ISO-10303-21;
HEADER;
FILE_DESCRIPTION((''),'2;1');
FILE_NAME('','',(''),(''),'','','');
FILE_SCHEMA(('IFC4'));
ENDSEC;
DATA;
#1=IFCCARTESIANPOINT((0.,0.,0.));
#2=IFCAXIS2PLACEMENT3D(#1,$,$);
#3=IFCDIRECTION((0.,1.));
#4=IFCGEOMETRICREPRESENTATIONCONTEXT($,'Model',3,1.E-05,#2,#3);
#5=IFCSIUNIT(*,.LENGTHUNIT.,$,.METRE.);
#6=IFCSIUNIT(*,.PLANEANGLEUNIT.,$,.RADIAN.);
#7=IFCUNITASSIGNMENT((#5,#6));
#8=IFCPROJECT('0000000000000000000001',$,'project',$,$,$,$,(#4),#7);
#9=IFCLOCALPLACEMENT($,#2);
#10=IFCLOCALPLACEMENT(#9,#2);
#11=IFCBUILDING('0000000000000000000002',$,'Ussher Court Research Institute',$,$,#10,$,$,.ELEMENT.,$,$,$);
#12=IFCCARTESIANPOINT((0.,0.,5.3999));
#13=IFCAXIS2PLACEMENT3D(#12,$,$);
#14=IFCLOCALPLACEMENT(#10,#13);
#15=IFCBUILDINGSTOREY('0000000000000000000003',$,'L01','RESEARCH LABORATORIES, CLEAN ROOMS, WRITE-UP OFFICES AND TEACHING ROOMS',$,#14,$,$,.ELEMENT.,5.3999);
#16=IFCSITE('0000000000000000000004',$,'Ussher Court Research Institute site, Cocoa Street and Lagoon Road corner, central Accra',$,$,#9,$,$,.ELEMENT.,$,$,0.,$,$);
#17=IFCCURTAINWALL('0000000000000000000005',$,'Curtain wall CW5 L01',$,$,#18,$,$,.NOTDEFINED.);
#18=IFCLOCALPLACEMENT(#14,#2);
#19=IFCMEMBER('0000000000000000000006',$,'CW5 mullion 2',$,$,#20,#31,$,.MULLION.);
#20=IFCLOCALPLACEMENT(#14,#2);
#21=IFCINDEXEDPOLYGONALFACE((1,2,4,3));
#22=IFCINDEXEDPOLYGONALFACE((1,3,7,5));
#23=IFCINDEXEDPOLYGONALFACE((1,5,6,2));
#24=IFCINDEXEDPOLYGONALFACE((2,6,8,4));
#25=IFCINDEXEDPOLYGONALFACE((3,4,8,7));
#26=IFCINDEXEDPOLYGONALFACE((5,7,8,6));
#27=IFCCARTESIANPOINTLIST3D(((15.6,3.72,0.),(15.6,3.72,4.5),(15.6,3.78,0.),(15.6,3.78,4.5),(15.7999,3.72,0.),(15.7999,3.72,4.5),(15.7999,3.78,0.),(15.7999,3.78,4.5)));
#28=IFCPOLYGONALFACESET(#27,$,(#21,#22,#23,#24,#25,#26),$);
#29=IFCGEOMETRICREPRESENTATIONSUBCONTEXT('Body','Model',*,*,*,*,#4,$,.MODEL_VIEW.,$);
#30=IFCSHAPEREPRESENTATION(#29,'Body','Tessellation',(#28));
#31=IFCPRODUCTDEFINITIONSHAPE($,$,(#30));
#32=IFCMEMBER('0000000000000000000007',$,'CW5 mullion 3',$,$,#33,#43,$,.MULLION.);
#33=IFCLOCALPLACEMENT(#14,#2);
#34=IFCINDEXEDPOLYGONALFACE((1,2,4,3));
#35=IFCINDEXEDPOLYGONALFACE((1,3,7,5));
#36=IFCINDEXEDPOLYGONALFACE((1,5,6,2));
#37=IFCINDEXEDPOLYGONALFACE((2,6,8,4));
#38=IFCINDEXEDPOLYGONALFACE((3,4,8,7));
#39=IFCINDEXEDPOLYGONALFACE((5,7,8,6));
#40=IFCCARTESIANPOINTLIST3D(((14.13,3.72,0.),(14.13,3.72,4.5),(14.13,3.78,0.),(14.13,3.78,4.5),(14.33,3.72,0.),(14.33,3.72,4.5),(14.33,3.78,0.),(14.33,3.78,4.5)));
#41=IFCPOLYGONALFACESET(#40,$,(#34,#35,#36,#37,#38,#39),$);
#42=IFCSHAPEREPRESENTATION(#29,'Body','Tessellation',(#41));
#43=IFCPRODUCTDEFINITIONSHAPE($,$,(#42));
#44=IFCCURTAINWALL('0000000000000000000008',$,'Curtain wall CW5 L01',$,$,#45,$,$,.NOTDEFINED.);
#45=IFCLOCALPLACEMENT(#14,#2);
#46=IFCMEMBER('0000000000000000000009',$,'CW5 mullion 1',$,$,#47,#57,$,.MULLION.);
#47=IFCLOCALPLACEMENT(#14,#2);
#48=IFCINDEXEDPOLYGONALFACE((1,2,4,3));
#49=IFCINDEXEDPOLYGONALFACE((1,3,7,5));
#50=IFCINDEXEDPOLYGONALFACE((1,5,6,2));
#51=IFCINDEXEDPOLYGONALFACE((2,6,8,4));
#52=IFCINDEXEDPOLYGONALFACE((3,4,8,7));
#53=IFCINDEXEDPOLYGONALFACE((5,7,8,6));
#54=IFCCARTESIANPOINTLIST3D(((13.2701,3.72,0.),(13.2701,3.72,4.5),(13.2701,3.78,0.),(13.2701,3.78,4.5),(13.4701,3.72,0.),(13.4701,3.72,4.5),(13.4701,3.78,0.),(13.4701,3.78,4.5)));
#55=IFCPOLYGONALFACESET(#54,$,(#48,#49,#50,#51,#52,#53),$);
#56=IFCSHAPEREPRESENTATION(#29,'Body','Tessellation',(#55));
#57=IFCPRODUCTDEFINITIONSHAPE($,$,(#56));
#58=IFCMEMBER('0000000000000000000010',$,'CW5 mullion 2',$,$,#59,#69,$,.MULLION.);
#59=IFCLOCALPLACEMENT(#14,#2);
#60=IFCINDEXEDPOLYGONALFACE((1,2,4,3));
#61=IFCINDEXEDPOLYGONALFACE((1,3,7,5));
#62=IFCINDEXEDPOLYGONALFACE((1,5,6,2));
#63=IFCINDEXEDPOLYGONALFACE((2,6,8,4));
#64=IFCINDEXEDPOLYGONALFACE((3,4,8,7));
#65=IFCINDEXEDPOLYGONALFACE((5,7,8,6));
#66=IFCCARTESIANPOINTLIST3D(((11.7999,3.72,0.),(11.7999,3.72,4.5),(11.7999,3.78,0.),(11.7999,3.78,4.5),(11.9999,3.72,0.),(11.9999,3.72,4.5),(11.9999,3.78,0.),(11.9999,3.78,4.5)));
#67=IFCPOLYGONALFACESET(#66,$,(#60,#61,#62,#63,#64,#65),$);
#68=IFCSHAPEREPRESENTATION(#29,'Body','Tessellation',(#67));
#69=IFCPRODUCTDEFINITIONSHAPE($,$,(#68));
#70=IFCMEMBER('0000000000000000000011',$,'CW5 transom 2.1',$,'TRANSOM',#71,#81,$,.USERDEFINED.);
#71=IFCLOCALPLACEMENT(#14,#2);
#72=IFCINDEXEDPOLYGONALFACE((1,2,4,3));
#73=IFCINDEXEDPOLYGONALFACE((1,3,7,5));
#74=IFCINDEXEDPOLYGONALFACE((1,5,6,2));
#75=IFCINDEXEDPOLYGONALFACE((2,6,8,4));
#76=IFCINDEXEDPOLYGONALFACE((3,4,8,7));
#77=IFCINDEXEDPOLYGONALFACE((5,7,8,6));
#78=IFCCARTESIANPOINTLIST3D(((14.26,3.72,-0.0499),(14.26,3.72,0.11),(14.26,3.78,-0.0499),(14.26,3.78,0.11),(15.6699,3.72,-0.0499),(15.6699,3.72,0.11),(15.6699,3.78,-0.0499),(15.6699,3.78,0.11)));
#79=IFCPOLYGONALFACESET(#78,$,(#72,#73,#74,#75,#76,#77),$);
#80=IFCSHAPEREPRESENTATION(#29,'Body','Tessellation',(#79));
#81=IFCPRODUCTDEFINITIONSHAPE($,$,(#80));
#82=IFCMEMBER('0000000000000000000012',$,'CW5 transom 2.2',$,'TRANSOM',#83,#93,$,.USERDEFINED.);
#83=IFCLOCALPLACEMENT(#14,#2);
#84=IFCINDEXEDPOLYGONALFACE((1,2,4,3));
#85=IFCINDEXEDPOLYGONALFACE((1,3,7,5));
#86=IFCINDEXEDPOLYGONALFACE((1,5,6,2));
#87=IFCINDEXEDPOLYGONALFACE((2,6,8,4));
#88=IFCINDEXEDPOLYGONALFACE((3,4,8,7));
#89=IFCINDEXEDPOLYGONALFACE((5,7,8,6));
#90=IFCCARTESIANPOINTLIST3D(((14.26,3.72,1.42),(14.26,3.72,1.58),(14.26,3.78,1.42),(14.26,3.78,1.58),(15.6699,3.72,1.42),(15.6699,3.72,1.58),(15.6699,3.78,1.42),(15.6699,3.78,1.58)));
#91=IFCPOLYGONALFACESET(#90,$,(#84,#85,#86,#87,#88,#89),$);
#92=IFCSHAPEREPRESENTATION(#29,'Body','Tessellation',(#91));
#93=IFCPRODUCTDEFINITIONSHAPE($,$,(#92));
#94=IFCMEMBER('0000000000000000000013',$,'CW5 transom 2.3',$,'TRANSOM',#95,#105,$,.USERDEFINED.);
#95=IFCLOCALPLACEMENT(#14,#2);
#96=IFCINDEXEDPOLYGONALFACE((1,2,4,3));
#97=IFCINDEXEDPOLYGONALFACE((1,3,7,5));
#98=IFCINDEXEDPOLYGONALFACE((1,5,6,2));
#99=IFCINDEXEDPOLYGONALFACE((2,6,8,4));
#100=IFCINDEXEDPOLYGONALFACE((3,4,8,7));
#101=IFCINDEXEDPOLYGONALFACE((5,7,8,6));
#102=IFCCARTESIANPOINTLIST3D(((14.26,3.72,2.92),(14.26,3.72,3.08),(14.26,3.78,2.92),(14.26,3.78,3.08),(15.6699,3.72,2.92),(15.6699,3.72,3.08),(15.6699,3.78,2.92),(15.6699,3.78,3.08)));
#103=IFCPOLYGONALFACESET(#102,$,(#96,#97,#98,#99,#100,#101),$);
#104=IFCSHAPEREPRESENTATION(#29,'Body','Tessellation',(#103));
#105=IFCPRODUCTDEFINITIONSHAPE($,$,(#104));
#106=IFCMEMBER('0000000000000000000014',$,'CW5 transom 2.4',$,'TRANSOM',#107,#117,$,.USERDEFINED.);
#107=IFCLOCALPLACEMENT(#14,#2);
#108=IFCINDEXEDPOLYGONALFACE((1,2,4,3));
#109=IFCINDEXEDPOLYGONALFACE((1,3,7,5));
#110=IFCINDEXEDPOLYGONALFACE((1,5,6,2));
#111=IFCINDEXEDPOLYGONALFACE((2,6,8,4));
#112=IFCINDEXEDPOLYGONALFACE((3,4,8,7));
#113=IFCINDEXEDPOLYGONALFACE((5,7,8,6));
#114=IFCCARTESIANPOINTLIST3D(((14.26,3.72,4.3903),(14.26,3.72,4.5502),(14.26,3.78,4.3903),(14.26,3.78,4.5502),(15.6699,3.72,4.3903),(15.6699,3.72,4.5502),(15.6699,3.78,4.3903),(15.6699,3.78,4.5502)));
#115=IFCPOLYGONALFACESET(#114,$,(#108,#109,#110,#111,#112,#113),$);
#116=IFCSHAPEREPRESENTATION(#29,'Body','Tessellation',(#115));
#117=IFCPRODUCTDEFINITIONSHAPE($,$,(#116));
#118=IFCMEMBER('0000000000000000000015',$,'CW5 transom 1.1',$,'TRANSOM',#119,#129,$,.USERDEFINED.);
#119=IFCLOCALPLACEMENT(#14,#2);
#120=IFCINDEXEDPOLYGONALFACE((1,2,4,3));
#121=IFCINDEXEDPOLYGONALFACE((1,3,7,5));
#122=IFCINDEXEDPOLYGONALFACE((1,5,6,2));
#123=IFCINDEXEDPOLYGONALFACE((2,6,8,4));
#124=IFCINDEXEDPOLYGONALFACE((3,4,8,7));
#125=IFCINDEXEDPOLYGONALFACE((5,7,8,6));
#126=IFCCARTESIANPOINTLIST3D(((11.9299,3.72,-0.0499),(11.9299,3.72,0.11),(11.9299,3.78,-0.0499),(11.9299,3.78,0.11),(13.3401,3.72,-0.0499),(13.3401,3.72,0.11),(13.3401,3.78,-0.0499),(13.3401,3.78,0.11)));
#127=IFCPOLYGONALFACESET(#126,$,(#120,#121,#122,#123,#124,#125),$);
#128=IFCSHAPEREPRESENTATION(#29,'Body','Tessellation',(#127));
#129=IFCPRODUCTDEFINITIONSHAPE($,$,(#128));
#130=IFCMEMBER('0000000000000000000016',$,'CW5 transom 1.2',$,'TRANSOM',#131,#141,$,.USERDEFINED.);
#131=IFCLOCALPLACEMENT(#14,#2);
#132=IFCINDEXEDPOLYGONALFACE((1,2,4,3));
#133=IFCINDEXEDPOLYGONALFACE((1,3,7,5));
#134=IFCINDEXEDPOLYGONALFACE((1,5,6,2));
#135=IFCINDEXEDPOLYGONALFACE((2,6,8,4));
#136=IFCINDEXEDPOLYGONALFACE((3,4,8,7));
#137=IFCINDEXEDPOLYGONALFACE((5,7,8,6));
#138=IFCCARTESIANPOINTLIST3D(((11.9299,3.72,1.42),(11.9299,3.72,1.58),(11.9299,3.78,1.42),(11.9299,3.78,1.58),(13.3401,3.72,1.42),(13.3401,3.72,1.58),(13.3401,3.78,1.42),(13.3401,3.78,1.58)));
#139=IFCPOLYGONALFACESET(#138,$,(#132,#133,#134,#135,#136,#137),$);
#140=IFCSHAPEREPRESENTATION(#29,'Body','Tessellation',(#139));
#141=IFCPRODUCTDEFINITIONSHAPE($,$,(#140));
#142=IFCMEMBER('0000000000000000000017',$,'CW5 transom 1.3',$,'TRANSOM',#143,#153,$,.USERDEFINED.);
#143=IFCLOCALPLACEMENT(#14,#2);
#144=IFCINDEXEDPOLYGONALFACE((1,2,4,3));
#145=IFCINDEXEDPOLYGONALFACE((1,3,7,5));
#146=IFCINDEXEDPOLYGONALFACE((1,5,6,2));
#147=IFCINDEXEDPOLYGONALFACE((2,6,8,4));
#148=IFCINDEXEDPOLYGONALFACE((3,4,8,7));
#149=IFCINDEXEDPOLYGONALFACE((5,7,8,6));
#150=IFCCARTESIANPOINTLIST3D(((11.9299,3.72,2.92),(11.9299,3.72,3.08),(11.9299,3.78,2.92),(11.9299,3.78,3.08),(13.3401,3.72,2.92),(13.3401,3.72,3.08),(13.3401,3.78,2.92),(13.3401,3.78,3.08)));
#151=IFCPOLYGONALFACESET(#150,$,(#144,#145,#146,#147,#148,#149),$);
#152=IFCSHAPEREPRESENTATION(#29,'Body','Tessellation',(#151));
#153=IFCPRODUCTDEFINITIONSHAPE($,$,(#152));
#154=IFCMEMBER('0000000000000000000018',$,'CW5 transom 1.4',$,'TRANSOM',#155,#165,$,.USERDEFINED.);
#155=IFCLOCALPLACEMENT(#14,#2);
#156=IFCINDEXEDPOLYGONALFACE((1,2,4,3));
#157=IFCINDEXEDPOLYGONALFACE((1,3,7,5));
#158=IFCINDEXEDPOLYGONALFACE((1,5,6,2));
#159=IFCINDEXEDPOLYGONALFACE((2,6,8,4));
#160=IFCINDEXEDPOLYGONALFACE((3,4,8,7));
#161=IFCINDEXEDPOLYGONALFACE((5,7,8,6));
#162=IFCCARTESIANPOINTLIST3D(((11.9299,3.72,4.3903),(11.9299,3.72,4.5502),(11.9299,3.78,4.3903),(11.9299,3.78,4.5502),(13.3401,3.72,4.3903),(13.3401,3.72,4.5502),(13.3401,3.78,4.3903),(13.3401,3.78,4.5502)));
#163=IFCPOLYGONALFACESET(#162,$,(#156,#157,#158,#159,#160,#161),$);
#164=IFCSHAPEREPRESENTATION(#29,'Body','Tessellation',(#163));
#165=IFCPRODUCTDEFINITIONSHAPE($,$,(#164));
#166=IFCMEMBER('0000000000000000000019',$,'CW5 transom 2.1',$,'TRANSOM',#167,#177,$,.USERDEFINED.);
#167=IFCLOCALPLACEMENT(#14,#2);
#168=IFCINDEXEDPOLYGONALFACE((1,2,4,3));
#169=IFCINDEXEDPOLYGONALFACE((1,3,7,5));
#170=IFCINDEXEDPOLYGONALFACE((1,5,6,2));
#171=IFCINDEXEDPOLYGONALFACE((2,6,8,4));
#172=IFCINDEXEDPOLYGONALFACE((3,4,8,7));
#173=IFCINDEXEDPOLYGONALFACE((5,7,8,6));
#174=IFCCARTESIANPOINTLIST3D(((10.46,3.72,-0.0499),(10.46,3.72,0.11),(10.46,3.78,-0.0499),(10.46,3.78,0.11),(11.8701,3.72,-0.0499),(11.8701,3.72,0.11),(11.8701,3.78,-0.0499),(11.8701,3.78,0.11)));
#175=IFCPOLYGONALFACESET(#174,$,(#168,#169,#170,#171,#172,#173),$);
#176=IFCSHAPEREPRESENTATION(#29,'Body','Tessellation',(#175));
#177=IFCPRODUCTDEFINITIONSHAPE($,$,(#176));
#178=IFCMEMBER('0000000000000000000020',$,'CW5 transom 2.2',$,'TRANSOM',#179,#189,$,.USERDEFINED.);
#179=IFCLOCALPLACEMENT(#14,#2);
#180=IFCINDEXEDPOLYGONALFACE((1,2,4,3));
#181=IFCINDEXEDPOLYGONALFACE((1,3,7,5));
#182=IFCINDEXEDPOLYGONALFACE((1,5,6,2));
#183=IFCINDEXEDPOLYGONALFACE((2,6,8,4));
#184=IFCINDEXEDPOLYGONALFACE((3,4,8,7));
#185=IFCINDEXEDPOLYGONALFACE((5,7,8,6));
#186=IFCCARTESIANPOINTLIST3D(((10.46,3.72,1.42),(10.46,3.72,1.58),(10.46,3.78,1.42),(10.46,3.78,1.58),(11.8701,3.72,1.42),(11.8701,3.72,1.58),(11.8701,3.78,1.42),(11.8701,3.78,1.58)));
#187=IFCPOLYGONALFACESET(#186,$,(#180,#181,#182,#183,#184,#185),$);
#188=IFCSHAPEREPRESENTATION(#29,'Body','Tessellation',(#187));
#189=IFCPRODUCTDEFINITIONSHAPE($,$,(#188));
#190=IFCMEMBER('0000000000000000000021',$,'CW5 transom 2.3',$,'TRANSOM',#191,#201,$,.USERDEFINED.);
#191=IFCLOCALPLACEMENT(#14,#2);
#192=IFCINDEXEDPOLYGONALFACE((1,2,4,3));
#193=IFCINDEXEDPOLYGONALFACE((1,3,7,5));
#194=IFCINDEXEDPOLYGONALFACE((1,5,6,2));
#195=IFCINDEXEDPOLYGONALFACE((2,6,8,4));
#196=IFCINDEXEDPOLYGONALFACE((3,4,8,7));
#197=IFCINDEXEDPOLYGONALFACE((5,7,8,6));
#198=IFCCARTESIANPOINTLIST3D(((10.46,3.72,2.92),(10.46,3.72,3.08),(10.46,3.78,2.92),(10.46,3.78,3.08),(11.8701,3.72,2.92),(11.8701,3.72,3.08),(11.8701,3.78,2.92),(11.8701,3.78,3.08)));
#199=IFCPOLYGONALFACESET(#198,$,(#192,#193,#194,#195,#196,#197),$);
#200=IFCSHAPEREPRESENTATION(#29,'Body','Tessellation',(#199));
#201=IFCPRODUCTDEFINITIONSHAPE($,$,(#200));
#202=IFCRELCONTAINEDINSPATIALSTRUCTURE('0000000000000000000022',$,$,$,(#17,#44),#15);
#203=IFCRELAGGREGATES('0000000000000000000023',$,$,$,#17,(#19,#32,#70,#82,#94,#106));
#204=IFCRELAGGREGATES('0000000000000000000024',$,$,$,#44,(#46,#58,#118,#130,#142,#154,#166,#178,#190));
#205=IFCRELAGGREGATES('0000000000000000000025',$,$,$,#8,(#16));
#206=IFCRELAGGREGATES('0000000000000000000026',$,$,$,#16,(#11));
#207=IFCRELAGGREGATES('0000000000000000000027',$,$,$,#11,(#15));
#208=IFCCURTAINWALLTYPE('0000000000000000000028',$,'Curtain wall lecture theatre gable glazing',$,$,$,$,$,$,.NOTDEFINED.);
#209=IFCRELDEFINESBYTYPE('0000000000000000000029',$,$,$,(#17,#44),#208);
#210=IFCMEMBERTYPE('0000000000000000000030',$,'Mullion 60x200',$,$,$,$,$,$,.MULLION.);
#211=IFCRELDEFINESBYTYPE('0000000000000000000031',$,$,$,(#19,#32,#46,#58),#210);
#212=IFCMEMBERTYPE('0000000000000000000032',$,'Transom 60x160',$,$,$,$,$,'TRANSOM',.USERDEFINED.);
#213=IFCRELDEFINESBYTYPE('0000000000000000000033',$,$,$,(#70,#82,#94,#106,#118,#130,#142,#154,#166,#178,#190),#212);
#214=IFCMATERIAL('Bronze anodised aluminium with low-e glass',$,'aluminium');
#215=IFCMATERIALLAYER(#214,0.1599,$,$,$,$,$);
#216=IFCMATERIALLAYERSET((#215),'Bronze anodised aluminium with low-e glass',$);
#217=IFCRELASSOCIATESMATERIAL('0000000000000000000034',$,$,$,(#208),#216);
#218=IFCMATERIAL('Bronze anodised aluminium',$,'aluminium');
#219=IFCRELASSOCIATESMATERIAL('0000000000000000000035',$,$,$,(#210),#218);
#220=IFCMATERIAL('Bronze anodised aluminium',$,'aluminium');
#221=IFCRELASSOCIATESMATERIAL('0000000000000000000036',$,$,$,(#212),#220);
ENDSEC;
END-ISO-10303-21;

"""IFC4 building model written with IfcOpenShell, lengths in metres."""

from ifc_helpers import new_model, si_unit, direction, frame, origin, origin_2d, place, context, subcontext, project, spatial, rectangle, extrude, material, layer, layer_set, material_profile, profile_set, type_object, element, aggregate, save


model = new_model("IFC4")

# Units and contexts
model_context = context("Model", 3, precision=1e-05, world=origin(), true_north=direction((0.0, 1.0)))
body_context = subcontext(model_context, "Body", "Model", "MODEL_VIEW")
ifc_project = project(units=[si_unit("LENGTHUNIT", "METRE"), si_unit("PLANEANGLEUNIT", "RADIAN")], contexts=[model_context])

# Site, building, storey
site_placement = place(None, origin())
site = spatial("IfcSite", under=ifc_project, at=site_placement, Name="Ussher Court Research Institute site, Cocoa Street and Lagoon Road corner, central Accra", CompositionType="ELEMENT", RefElevation=0.0)
building_placement = place(site_placement, origin())
building = spatial("IfcBuilding", under=site, at=building_placement, Name="Ussher Court Research Institute", CompositionType="ELEMENT")
storey_placement = place(building_placement, frame((0.0, 0.0, 5.3999)))
storey = spatial("IfcBuildingStorey", under=building, at=storey_placement, Name="L01", Description="RESEARCH LABORATORIES, CLEAN ROOMS, WRITE-UP OFFICES AND TEACHING ROOMS", CompositionType="ELEMENT", Elevation=5.3999)

# Curtain walls, members
ifc_material_1 = material(Name="Bronze anodised aluminium with low-e glass", Category="aluminium")
ifc_layer_1 = layer(ifc_material_1, 0.1599)
ifc_layer_set_1 = layer_set([ifc_layer_1], Name="Bronze anodised aluminium with low-e glass")
curtain_wall_type = type_object("IfcCurtainWallType", Name="Curtain wall lecture theatre gable glazing", PredefinedType="NOTDEFINED", material=ifc_layer_set_1)
curtain_wall_1_placement = place(storey_placement, origin())
curtain_wall_1 = element("IfcCurtainWall", 1, at=curtain_wall_1_placement, inside=storey, type_object=curtain_wall_type, Name="Curtain wall CW5 L01", PredefinedType="NOTDEFINED")
ifc_material_2 = material(Name="Bronze anodised aluminium", Category="aluminium")
ifc_material_profile_1 = material_profile(ifc_material_2, rectangle(XDim=0.0601, YDim=0.2, at=origin_2d()), Name="Mullion 60x200")
ifc_profile_set_1 = profile_set([ifc_material_profile_1], Name="Bronze anodised aluminium")
member_type_1 = type_object("IfcMemberType", Name="Mullion 60x200", PredefinedType="MULLION", material=ifc_profile_set_1)
member_1_placement = place(storey_placement, frame((15.7, 3.75, 0.0), z_axis=(0.0, 0.0, 1.0), x_axis=(0.0, -1.0, 0.0)))
member_1 = element("IfcMember", 2, at=member_1_placement, type_object=member_type_1, Name="CW5 mullion 2", PredefinedType="MULLION", context=body_context, shape_type="SweptSolid", body=[
    extrude(rectangle(XDim=0.0601, YDim=0.2, at=origin_2d()), origin(), (0.0, 0.0, 1.0), 4.5),
])
member_2_placement = place(storey_placement, frame((14.23, 3.75, 0.0), z_axis=(0.0, 0.0, 1.0), x_axis=(0.0, -1.0, 0.0)))
member_2 = element("IfcMember", 3, at=member_2_placement, type_object=member_type_1, Name="CW5 mullion 3", PredefinedType="MULLION", context=body_context, shape_type="SweptSolid", body=[
    extrude(rectangle(XDim=0.0601, YDim=0.2, at=origin_2d()), origin(), (0.0, 0.0, 1.0), 4.5),
])
curtain_wall_2_placement = place(storey_placement, origin())
curtain_wall_2 = element("IfcCurtainWall", 4, at=curtain_wall_2_placement, inside=storey, type_object=curtain_wall_type, Name="Curtain wall CW5 L01", PredefinedType="NOTDEFINED")
member_3_placement = place(storey_placement, frame((13.3701, 3.75, 0.0), z_axis=(0.0, 0.0, 1.0), x_axis=(0.0, -1.0, 0.0)))
member_3 = element("IfcMember", 5, at=member_3_placement, type_object=member_type_1, Name="CW5 mullion 1", PredefinedType="MULLION", context=body_context, shape_type="SweptSolid", body=[
    extrude(rectangle(XDim=0.0601, YDim=0.2, at=origin_2d()), origin(), (0.0, 0.0, 1.0), 4.5),
])
member_4_placement = place(storey_placement, frame((11.8999, 3.75, 0.0), z_axis=(0.0, 0.0, 1.0), x_axis=(0.0, -1.0, 0.0)))
member_4 = element("IfcMember", 6, at=member_4_placement, type_object=member_type_1, Name="CW5 mullion 2", PredefinedType="MULLION", context=body_context, shape_type="SweptSolid", body=[
    extrude(rectangle(XDim=0.0601, YDim=0.2, at=origin_2d()), origin(), (0.0, 0.0, 1.0), 4.5),
])

# Members
ifc_material_3 = material(Name="Bronze anodised aluminium", Category="aluminium")
ifc_material_profile_2 = material_profile(ifc_material_3, rectangle(XDim=0.0601, YDim=0.1599, at=origin_2d()), Name="Transom 60x160")
ifc_profile_set_2 = profile_set([ifc_material_profile_2], Name="Bronze anodised aluminium")
member_type_2 = type_object("IfcMemberType", Name="Transom 60x160", ElementType="TRANSOM", PredefinedType="USERDEFINED", material=ifc_profile_set_2)
member_5_placement = place(storey_placement, frame((15.6699, 3.75, 0.03), z_axis=(-1.0, 0.0, 0.0), x_axis=(0.0, -1.0, 0.0)))
member_5 = element("IfcMember", 7, at=member_5_placement, type_object=member_type_2, Name="CW5 transom 2.1", ObjectType="TRANSOM", PredefinedType="USERDEFINED", context=body_context, shape_type="SweptSolid", body=[
    extrude(rectangle(XDim=0.0601, YDim=0.1599, at=origin_2d()), origin(), (0.0, 0.0, 1.0), 1.4099),
])
member_6_placement = place(storey_placement, frame((15.6699, 3.75, 1.5), z_axis=(-1.0, 0.0, 0.0), x_axis=(0.0, -1.0, 0.0)))
member_6 = element("IfcMember", 8, at=member_6_placement, type_object=member_type_2, Name="CW5 transom 2.2", ObjectType="TRANSOM", PredefinedType="USERDEFINED", context=body_context, shape_type="SweptSolid", body=[
    extrude(rectangle(XDim=0.0601, YDim=0.1599, at=origin_2d()), origin(), (0.0, 0.0, 1.0), 1.4099),
])
member_7_placement = place(storey_placement, frame((15.6699, 3.75, 3.0), z_axis=(-1.0, 0.0, 0.0), x_axis=(0.0, -1.0, 0.0)))
member_7 = element("IfcMember", 9, at=member_7_placement, type_object=member_type_2, Name="CW5 transom 2.3", ObjectType="TRANSOM", PredefinedType="USERDEFINED", context=body_context, shape_type="SweptSolid", body=[
    extrude(rectangle(XDim=0.0601, YDim=0.1599, at=origin_2d()), origin(), (0.0, 0.0, 1.0), 1.4099),
])
member_8_placement = place(storey_placement, frame((15.6699, 3.75, 4.4702), z_axis=(-1.0, 0.0, 0.0), x_axis=(0.0, -1.0, 0.0)))
member_8 = element("IfcMember", 10, at=member_8_placement, type_object=member_type_2, Name="CW5 transom 2.4", ObjectType="TRANSOM", PredefinedType="USERDEFINED", context=body_context, shape_type="SweptSolid", body=[
    extrude(rectangle(XDim=0.0601, YDim=0.1599, at=origin_2d()), origin(), (0.0, 0.0, 1.0), 1.4099),
])
member_9_placement = place(storey_placement, frame((13.3401, 3.75, 0.03), z_axis=(-1.0, 0.0, 0.0), x_axis=(0.0, -1.0, 0.0)))
member_9 = element("IfcMember", 11, at=member_9_placement, type_object=member_type_2, Name="CW5 transom 1.1", ObjectType="TRANSOM", PredefinedType="USERDEFINED", context=body_context, shape_type="SweptSolid", body=[
    extrude(rectangle(XDim=0.0601, YDim=0.1599, at=origin_2d()), origin(), (0.0, 0.0, 1.0), 1.4102),
])
member_10_placement = place(storey_placement, frame((13.3401, 3.75, 1.5), z_axis=(-1.0, 0.0, 0.0), x_axis=(0.0, -1.0, 0.0)))
member_10 = element("IfcMember", 12, at=member_10_placement, type_object=member_type_2, Name="CW5 transom 1.2", ObjectType="TRANSOM", PredefinedType="USERDEFINED", context=body_context, shape_type="SweptSolid", body=[
    extrude(rectangle(XDim=0.0601, YDim=0.1599, at=origin_2d()), origin(), (0.0, 0.0, 1.0), 1.4102),
])
member_11_placement = place(storey_placement, frame((13.3401, 3.75, 3.0), z_axis=(-1.0, 0.0, 0.0), x_axis=(0.0, -1.0, 0.0)))
member_11 = element("IfcMember", 13, at=member_11_placement, type_object=member_type_2, Name="CW5 transom 1.3", ObjectType="TRANSOM", PredefinedType="USERDEFINED", context=body_context, shape_type="SweptSolid", body=[
    extrude(rectangle(XDim=0.0601, YDim=0.1599, at=origin_2d()), origin(), (0.0, 0.0, 1.0), 1.4102),
])
member_12_placement = place(storey_placement, frame((13.3401, 3.75, 4.4702), z_axis=(-1.0, 0.0, 0.0), x_axis=(0.0, -1.0, 0.0)))
member_12 = element("IfcMember", 14, at=member_12_placement, type_object=member_type_2, Name="CW5 transom 1.4", ObjectType="TRANSOM", PredefinedType="USERDEFINED", context=body_context, shape_type="SweptSolid", body=[
    extrude(rectangle(XDim=0.0601, YDim=0.1599, at=origin_2d()), origin(), (0.0, 0.0, 1.0), 1.4102),
])
member_13_placement = place(storey_placement, frame((11.8701, 3.75, 0.03), z_axis=(-1.0, 0.0, 0.0), x_axis=(0.0, -1.0, 0.0)))
member_13 = element("IfcMember", 15, at=member_13_placement, type_object=member_type_2, Name="CW5 transom 2.1", ObjectType="TRANSOM", PredefinedType="USERDEFINED", context=body_context, shape_type="SweptSolid", body=[
    extrude(rectangle(XDim=0.0601, YDim=0.1599, at=origin_2d()), origin(), (0.0, 0.0, 1.0), 1.4102),
])
member_14_placement = place(storey_placement, frame((11.8701, 3.75, 1.5), z_axis=(-1.0, 0.0, 0.0), x_axis=(0.0, -1.0, 0.0)))
member_14 = element("IfcMember", 16, at=member_14_placement, type_object=member_type_2, Name="CW5 transom 2.2", ObjectType="TRANSOM", PredefinedType="USERDEFINED", context=body_context, shape_type="SweptSolid", body=[
    extrude(rectangle(XDim=0.0601, YDim=0.1599, at=origin_2d()), origin(), (0.0, 0.0, 1.0), 1.4102),
])
member_15_placement = place(storey_placement, frame((11.8701, 3.75, 3.0), z_axis=(-1.0, 0.0, 0.0), x_axis=(0.0, -1.0, 0.0)))
member_15 = element("IfcMember", 17, at=member_15_placement, type_object=member_type_2, Name="CW5 transom 2.3", ObjectType="TRANSOM", PredefinedType="USERDEFINED", context=body_context, shape_type="SweptSolid", body=[
    extrude(rectangle(XDim=0.0601, YDim=0.1599, at=origin_2d()), origin(), (0.0, 0.0, 1.0), 1.4102),
])

aggregate(curtain_wall_1, [member_1, member_2, member_5, member_6, member_7, member_8])
aggregate(curtain_wall_2, [member_3, member_4, member_9, member_10, member_11, member_12, member_13, member_14, member_15])

save(model, "model.ifc")
